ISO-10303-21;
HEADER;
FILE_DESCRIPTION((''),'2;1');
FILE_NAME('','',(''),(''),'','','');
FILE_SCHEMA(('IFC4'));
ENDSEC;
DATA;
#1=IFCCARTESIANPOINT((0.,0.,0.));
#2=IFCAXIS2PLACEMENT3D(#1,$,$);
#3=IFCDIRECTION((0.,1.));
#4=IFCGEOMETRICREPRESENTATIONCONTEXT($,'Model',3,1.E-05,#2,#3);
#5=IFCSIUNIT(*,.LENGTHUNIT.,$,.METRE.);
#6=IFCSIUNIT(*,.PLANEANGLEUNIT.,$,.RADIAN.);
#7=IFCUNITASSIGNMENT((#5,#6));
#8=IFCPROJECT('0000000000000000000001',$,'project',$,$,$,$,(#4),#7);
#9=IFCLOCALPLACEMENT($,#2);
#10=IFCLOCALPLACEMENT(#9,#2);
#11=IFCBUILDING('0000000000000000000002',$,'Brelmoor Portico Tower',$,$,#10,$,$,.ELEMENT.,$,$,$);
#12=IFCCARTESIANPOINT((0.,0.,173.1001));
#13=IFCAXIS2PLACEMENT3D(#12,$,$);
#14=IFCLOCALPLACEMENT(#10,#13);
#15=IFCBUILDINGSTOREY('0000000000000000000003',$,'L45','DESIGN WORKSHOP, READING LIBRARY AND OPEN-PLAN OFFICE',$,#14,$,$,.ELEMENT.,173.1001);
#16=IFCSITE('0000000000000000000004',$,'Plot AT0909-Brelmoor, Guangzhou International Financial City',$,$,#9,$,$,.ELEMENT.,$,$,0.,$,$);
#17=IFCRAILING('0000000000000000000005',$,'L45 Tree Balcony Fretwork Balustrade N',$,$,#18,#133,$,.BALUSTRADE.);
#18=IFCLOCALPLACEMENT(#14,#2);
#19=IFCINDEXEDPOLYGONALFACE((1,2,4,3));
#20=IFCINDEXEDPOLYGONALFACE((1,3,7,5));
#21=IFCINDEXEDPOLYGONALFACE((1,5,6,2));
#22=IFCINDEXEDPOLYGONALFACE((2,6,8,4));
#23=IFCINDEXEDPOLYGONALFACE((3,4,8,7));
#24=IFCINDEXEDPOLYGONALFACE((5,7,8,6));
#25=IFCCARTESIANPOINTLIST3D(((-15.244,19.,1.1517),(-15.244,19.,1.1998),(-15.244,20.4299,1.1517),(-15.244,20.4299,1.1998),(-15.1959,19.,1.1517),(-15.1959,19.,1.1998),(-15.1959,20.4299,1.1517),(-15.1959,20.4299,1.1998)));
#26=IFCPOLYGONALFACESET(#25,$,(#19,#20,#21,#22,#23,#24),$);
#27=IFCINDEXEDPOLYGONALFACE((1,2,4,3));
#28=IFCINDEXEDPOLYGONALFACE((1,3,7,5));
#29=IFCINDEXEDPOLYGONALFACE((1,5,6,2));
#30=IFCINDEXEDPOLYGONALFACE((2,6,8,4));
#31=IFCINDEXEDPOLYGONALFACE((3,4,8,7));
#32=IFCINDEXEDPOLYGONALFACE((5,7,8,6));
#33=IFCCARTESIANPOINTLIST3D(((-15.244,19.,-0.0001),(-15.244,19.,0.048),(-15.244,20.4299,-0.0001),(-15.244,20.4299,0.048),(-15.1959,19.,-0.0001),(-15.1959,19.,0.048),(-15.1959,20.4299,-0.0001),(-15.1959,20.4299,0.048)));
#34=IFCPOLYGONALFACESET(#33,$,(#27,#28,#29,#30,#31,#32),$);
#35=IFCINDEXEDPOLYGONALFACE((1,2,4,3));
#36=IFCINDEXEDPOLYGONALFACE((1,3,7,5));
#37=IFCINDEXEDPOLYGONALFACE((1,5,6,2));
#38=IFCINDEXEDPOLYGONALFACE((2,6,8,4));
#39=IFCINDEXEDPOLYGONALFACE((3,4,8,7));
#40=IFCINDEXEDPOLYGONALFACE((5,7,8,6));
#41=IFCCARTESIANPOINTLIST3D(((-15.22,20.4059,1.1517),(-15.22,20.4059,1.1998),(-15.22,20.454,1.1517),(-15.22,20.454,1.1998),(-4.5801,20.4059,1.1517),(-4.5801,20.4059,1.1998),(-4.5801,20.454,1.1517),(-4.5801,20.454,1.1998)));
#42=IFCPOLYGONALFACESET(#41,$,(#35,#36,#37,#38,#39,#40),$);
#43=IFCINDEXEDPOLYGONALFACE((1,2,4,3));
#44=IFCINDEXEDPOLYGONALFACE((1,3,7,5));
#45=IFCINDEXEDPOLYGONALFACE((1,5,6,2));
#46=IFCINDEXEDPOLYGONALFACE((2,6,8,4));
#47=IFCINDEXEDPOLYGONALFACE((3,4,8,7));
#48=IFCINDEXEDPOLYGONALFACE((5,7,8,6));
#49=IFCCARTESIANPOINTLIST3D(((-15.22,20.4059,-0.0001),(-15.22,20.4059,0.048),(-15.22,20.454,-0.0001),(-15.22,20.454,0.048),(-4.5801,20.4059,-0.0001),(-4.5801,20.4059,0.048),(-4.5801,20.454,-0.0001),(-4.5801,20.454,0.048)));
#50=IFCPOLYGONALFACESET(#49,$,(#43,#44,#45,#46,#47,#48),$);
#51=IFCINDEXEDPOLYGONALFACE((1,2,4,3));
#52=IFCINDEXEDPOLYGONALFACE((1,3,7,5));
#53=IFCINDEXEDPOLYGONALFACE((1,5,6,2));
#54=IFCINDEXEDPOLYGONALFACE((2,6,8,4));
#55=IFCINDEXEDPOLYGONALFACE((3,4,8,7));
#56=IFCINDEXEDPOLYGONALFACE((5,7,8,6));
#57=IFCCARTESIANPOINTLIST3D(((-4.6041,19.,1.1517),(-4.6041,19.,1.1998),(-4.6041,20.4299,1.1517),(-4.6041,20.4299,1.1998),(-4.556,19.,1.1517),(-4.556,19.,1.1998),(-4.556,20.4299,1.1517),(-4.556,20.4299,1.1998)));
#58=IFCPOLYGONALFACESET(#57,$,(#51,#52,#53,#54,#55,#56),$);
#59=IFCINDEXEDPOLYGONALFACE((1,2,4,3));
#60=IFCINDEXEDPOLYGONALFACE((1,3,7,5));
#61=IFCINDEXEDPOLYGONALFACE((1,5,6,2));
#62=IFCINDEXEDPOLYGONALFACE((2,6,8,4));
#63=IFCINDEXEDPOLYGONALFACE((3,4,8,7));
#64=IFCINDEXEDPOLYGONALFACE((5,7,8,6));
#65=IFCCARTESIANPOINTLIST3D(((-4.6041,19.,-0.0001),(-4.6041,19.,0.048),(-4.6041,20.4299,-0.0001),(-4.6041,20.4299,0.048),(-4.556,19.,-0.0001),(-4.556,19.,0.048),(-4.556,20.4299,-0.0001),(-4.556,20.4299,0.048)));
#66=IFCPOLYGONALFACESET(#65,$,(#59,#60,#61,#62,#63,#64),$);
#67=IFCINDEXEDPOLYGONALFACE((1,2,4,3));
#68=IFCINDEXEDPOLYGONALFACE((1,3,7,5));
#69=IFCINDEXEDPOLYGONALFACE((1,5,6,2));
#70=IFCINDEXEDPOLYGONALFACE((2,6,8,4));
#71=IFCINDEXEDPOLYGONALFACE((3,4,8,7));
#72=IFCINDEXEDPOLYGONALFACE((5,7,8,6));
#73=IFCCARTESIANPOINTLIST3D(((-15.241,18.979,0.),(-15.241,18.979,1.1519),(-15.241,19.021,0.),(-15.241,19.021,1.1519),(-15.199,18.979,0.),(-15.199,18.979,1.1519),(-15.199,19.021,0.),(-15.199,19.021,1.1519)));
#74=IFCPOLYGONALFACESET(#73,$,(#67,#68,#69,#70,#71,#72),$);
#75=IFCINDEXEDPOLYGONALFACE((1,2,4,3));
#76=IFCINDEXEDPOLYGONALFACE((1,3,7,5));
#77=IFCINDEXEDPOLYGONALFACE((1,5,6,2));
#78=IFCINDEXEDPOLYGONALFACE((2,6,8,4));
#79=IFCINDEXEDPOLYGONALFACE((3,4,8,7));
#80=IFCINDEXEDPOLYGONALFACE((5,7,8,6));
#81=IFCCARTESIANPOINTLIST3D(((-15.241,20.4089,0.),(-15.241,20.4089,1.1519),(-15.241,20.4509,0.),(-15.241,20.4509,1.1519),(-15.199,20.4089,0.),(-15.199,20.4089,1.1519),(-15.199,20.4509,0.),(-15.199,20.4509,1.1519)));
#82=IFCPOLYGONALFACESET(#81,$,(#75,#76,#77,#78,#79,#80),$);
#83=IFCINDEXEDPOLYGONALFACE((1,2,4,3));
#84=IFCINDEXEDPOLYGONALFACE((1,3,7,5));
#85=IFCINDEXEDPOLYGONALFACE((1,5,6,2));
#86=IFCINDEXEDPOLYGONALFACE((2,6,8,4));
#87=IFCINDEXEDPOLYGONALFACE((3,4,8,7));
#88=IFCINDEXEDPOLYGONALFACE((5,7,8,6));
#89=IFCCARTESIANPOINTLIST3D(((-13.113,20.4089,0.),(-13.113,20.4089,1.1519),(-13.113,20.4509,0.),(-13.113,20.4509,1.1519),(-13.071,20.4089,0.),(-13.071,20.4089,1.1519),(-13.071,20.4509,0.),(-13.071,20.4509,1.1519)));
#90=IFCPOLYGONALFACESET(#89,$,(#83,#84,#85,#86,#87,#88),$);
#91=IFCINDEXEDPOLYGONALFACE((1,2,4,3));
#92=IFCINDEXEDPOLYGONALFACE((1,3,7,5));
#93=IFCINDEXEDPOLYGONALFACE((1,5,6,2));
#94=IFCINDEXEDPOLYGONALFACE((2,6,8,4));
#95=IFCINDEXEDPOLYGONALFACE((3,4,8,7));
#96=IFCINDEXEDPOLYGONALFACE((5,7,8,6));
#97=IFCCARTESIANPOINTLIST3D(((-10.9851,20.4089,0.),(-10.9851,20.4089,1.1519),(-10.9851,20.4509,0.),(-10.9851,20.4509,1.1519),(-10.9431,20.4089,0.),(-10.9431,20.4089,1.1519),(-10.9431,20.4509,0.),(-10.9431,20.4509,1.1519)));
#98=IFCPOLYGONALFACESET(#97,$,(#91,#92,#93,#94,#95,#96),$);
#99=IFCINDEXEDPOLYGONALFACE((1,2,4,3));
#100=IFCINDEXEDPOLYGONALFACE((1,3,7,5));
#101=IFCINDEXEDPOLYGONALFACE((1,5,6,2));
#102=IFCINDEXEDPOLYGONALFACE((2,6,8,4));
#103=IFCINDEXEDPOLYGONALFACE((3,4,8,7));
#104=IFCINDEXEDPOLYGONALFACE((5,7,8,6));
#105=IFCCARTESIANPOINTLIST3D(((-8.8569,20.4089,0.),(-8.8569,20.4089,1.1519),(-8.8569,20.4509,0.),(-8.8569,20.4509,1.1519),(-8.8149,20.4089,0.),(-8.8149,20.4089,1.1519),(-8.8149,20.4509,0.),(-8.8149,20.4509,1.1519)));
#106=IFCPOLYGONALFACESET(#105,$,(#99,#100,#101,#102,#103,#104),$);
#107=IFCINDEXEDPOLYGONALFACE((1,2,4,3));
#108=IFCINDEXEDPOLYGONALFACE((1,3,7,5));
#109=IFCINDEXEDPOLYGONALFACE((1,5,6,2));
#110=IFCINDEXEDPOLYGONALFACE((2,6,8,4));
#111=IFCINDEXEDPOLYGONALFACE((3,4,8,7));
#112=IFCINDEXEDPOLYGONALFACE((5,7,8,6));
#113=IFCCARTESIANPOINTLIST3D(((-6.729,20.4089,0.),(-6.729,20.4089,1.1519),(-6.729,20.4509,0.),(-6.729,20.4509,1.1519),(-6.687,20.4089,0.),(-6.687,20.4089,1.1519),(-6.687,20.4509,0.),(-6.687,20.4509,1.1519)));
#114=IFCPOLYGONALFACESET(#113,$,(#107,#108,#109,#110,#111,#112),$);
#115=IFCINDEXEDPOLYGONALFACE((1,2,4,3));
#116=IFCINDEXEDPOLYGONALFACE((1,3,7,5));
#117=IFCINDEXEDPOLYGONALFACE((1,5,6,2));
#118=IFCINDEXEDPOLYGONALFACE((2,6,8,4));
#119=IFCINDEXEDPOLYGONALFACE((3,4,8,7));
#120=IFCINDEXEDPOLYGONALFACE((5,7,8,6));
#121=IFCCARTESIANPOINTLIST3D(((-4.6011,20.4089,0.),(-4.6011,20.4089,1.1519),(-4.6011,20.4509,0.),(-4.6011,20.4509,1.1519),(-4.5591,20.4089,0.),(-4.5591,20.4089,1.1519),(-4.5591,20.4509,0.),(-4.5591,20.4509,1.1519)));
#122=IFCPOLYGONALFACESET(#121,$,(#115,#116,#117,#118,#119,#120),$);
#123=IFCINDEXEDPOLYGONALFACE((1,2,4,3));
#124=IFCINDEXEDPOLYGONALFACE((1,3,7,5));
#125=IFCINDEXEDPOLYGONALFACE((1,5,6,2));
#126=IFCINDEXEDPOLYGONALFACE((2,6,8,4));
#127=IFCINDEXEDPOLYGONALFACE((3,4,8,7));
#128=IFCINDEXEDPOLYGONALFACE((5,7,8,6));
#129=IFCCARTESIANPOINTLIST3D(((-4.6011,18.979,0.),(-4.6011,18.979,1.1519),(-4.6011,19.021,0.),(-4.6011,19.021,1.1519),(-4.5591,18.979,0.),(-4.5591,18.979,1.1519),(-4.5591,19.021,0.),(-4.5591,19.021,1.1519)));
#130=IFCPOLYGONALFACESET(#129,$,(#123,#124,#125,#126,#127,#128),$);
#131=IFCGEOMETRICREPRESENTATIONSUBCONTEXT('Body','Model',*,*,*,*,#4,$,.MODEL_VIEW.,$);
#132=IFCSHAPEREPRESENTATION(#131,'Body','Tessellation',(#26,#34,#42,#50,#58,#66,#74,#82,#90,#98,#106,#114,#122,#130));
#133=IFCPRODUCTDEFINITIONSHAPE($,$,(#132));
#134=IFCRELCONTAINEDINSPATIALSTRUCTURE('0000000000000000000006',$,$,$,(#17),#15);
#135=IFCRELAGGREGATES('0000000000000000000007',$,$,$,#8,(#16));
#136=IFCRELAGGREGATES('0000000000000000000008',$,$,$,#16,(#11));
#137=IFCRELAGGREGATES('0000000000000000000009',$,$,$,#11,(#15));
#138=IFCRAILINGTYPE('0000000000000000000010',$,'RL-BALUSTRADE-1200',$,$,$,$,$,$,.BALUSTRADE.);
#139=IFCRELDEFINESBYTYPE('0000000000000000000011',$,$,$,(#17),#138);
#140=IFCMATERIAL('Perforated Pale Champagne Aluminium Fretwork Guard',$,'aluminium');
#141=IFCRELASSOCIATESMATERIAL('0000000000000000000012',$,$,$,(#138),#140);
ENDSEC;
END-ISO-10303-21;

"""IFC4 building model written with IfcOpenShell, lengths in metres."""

from ifc_helpers import new_model, si_unit, direction, frame, origin, origin_2d, place, context, subcontext, project, spatial, rectangle, extrude, material, type_object, element, save


model = new_model("IFC4")

# Units and contexts
model_context = context("Model", 3, precision=1e-05, world=origin(), true_north=direction((0.0, 1.0)))
body_context = subcontext(model_context, "Body", "Model", "MODEL_VIEW")
ifc_project = project(units=[si_unit("LENGTHUNIT", "METRE"), si_unit("PLANEANGLEUNIT", "RADIAN")], contexts=[model_context])

# Site, building, storey
site_placement = place(None, origin())
site = spatial("IfcSite", under=ifc_project, at=site_placement, Name="Plot AT0909-Brelmoor, Guangzhou International Financial City", CompositionType="ELEMENT", RefElevation=0.0)
building_placement = place(site_placement, origin())
building = spatial("IfcBuilding", under=site, at=building_placement, Name="Brelmoor Portico Tower", CompositionType="ELEMENT")
storey_placement = place(building_placement, frame((0.0, 0.0, 173.1001)))
storey = spatial("IfcBuildingStorey", under=building, at=storey_placement, Name="L45", Description="DESIGN WORKSHOP, READING LIBRARY AND OPEN-PLAN OFFICE", CompositionType="ELEMENT", Elevation=173.1001)

# Railing
ifc_material_1 = material(Name="Perforated Pale Champagne Aluminium Fretwork Guard", Category="aluminium")
railing_type = type_object("IfcRailingType", Name="RL-BALUSTRADE-1200", PredefinedType="BALUSTRADE", material=ifc_material_1)
railing_placement = place(storey_placement, frame((-15.22, 19.0, 0.0)))
element("IfcRailing", 1, at=railing_placement, inside=storey, type_object=railing_type, Name="L45 Tree Balcony Fretwork Balustrade N", PredefinedType="BALUSTRADE", context=body_context, shape_type="SweptSolid", body=[
    extrude(rectangle(XDim=0.0481, YDim=0.0481, at=origin_2d()), frame((0.0, 0.0, 1.1758), z_axis=(0.0, 1.0, 0.0), x_axis=(-1.0, 0.0, 0.0)), (0.0, 0.0, 1.0), 1.4299),
    extrude(rectangle(XDim=0.0481, YDim=0.0481, at=origin_2d()), frame((0.0, 0.0, 0.0239), z_axis=(0.0, 1.0, 0.0), x_axis=(-1.0, 0.0, 0.0)), (0.0, 0.0, 1.0), 1.4299),
    extrude(rectangle(XDim=0.0481, YDim=0.0481, at=origin_2d()), frame((0.0, 1.4299, 1.1758), z_axis=(1.0, 0.0, 0.0), x_axis=(0.0, 1.0, 0.0)), (0.0, 0.0, 1.0), 10.6399),
    extrude(rectangle(XDim=0.0481, YDim=0.0481, at=origin_2d()), frame((0.0, 1.4299, 0.0239), z_axis=(1.0, 0.0, 0.0), x_axis=(0.0, 1.0, 0.0)), (0.0, 0.0, 1.0), 10.6399),
    extrude(rectangle(XDim=0.0481, YDim=0.0481, at=origin_2d()), frame((10.6399, 1.4299, 1.1758), z_axis=(0.0, -1.0, 0.0), x_axis=(1.0, 0.0, 0.0)), (0.0, 0.0, 1.0), 1.4299),
    extrude(rectangle(XDim=0.0481, YDim=0.0481, at=origin_2d()), frame((10.6399, 1.4299, 0.0239), z_axis=(0.0, -1.0, 0.0), x_axis=(1.0, 0.0, 0.0)), (0.0, 0.0, 1.0), 1.4299),
    extrude(rectangle(XDim=0.042, YDim=0.042, at=origin_2d()), origin(), (0.0, 0.0, 1.0), 1.1519),
    extrude(rectangle(XDim=0.042, YDim=0.042, at=origin_2d()), frame((0.0, 1.4299, 0.0)), (0.0, 0.0, 1.0), 1.1519),
    extrude(rectangle(XDim=0.042, YDim=0.042, at=origin_2d()), frame((2.1279, 1.4299, 0.0)), (0.0, 0.0, 1.0), 1.1519),
    extrude(rectangle(XDim=0.042, YDim=0.042, at=origin_2d()), frame((4.2559, 1.4299, 0.0)), (0.0, 0.0, 1.0), 1.1519),
    extrude(rectangle(XDim=0.042, YDim=0.042, at=origin_2d()), frame((6.384, 1.4299, 0.0)), (0.0, 0.0, 1.0), 1.1519),
    extrude(rectangle(XDim=0.042, YDim=0.042, at=origin_2d()), frame((8.512, 1.4299, 0.0)), (0.0, 0.0, 1.0), 1.1519),
    extrude(rectangle(XDim=0.042, YDim=0.042, at=origin_2d()), frame((10.6399, 1.4299, 0.0)), (0.0, 0.0, 1.0), 1.1519),
    extrude(rectangle(XDim=0.042, YDim=0.042, at=origin_2d()), frame((10.6399, 0.0, 0.0)), (0.0, 0.0, 1.0), 1.1519),
])

save(model, "model.ifc")
